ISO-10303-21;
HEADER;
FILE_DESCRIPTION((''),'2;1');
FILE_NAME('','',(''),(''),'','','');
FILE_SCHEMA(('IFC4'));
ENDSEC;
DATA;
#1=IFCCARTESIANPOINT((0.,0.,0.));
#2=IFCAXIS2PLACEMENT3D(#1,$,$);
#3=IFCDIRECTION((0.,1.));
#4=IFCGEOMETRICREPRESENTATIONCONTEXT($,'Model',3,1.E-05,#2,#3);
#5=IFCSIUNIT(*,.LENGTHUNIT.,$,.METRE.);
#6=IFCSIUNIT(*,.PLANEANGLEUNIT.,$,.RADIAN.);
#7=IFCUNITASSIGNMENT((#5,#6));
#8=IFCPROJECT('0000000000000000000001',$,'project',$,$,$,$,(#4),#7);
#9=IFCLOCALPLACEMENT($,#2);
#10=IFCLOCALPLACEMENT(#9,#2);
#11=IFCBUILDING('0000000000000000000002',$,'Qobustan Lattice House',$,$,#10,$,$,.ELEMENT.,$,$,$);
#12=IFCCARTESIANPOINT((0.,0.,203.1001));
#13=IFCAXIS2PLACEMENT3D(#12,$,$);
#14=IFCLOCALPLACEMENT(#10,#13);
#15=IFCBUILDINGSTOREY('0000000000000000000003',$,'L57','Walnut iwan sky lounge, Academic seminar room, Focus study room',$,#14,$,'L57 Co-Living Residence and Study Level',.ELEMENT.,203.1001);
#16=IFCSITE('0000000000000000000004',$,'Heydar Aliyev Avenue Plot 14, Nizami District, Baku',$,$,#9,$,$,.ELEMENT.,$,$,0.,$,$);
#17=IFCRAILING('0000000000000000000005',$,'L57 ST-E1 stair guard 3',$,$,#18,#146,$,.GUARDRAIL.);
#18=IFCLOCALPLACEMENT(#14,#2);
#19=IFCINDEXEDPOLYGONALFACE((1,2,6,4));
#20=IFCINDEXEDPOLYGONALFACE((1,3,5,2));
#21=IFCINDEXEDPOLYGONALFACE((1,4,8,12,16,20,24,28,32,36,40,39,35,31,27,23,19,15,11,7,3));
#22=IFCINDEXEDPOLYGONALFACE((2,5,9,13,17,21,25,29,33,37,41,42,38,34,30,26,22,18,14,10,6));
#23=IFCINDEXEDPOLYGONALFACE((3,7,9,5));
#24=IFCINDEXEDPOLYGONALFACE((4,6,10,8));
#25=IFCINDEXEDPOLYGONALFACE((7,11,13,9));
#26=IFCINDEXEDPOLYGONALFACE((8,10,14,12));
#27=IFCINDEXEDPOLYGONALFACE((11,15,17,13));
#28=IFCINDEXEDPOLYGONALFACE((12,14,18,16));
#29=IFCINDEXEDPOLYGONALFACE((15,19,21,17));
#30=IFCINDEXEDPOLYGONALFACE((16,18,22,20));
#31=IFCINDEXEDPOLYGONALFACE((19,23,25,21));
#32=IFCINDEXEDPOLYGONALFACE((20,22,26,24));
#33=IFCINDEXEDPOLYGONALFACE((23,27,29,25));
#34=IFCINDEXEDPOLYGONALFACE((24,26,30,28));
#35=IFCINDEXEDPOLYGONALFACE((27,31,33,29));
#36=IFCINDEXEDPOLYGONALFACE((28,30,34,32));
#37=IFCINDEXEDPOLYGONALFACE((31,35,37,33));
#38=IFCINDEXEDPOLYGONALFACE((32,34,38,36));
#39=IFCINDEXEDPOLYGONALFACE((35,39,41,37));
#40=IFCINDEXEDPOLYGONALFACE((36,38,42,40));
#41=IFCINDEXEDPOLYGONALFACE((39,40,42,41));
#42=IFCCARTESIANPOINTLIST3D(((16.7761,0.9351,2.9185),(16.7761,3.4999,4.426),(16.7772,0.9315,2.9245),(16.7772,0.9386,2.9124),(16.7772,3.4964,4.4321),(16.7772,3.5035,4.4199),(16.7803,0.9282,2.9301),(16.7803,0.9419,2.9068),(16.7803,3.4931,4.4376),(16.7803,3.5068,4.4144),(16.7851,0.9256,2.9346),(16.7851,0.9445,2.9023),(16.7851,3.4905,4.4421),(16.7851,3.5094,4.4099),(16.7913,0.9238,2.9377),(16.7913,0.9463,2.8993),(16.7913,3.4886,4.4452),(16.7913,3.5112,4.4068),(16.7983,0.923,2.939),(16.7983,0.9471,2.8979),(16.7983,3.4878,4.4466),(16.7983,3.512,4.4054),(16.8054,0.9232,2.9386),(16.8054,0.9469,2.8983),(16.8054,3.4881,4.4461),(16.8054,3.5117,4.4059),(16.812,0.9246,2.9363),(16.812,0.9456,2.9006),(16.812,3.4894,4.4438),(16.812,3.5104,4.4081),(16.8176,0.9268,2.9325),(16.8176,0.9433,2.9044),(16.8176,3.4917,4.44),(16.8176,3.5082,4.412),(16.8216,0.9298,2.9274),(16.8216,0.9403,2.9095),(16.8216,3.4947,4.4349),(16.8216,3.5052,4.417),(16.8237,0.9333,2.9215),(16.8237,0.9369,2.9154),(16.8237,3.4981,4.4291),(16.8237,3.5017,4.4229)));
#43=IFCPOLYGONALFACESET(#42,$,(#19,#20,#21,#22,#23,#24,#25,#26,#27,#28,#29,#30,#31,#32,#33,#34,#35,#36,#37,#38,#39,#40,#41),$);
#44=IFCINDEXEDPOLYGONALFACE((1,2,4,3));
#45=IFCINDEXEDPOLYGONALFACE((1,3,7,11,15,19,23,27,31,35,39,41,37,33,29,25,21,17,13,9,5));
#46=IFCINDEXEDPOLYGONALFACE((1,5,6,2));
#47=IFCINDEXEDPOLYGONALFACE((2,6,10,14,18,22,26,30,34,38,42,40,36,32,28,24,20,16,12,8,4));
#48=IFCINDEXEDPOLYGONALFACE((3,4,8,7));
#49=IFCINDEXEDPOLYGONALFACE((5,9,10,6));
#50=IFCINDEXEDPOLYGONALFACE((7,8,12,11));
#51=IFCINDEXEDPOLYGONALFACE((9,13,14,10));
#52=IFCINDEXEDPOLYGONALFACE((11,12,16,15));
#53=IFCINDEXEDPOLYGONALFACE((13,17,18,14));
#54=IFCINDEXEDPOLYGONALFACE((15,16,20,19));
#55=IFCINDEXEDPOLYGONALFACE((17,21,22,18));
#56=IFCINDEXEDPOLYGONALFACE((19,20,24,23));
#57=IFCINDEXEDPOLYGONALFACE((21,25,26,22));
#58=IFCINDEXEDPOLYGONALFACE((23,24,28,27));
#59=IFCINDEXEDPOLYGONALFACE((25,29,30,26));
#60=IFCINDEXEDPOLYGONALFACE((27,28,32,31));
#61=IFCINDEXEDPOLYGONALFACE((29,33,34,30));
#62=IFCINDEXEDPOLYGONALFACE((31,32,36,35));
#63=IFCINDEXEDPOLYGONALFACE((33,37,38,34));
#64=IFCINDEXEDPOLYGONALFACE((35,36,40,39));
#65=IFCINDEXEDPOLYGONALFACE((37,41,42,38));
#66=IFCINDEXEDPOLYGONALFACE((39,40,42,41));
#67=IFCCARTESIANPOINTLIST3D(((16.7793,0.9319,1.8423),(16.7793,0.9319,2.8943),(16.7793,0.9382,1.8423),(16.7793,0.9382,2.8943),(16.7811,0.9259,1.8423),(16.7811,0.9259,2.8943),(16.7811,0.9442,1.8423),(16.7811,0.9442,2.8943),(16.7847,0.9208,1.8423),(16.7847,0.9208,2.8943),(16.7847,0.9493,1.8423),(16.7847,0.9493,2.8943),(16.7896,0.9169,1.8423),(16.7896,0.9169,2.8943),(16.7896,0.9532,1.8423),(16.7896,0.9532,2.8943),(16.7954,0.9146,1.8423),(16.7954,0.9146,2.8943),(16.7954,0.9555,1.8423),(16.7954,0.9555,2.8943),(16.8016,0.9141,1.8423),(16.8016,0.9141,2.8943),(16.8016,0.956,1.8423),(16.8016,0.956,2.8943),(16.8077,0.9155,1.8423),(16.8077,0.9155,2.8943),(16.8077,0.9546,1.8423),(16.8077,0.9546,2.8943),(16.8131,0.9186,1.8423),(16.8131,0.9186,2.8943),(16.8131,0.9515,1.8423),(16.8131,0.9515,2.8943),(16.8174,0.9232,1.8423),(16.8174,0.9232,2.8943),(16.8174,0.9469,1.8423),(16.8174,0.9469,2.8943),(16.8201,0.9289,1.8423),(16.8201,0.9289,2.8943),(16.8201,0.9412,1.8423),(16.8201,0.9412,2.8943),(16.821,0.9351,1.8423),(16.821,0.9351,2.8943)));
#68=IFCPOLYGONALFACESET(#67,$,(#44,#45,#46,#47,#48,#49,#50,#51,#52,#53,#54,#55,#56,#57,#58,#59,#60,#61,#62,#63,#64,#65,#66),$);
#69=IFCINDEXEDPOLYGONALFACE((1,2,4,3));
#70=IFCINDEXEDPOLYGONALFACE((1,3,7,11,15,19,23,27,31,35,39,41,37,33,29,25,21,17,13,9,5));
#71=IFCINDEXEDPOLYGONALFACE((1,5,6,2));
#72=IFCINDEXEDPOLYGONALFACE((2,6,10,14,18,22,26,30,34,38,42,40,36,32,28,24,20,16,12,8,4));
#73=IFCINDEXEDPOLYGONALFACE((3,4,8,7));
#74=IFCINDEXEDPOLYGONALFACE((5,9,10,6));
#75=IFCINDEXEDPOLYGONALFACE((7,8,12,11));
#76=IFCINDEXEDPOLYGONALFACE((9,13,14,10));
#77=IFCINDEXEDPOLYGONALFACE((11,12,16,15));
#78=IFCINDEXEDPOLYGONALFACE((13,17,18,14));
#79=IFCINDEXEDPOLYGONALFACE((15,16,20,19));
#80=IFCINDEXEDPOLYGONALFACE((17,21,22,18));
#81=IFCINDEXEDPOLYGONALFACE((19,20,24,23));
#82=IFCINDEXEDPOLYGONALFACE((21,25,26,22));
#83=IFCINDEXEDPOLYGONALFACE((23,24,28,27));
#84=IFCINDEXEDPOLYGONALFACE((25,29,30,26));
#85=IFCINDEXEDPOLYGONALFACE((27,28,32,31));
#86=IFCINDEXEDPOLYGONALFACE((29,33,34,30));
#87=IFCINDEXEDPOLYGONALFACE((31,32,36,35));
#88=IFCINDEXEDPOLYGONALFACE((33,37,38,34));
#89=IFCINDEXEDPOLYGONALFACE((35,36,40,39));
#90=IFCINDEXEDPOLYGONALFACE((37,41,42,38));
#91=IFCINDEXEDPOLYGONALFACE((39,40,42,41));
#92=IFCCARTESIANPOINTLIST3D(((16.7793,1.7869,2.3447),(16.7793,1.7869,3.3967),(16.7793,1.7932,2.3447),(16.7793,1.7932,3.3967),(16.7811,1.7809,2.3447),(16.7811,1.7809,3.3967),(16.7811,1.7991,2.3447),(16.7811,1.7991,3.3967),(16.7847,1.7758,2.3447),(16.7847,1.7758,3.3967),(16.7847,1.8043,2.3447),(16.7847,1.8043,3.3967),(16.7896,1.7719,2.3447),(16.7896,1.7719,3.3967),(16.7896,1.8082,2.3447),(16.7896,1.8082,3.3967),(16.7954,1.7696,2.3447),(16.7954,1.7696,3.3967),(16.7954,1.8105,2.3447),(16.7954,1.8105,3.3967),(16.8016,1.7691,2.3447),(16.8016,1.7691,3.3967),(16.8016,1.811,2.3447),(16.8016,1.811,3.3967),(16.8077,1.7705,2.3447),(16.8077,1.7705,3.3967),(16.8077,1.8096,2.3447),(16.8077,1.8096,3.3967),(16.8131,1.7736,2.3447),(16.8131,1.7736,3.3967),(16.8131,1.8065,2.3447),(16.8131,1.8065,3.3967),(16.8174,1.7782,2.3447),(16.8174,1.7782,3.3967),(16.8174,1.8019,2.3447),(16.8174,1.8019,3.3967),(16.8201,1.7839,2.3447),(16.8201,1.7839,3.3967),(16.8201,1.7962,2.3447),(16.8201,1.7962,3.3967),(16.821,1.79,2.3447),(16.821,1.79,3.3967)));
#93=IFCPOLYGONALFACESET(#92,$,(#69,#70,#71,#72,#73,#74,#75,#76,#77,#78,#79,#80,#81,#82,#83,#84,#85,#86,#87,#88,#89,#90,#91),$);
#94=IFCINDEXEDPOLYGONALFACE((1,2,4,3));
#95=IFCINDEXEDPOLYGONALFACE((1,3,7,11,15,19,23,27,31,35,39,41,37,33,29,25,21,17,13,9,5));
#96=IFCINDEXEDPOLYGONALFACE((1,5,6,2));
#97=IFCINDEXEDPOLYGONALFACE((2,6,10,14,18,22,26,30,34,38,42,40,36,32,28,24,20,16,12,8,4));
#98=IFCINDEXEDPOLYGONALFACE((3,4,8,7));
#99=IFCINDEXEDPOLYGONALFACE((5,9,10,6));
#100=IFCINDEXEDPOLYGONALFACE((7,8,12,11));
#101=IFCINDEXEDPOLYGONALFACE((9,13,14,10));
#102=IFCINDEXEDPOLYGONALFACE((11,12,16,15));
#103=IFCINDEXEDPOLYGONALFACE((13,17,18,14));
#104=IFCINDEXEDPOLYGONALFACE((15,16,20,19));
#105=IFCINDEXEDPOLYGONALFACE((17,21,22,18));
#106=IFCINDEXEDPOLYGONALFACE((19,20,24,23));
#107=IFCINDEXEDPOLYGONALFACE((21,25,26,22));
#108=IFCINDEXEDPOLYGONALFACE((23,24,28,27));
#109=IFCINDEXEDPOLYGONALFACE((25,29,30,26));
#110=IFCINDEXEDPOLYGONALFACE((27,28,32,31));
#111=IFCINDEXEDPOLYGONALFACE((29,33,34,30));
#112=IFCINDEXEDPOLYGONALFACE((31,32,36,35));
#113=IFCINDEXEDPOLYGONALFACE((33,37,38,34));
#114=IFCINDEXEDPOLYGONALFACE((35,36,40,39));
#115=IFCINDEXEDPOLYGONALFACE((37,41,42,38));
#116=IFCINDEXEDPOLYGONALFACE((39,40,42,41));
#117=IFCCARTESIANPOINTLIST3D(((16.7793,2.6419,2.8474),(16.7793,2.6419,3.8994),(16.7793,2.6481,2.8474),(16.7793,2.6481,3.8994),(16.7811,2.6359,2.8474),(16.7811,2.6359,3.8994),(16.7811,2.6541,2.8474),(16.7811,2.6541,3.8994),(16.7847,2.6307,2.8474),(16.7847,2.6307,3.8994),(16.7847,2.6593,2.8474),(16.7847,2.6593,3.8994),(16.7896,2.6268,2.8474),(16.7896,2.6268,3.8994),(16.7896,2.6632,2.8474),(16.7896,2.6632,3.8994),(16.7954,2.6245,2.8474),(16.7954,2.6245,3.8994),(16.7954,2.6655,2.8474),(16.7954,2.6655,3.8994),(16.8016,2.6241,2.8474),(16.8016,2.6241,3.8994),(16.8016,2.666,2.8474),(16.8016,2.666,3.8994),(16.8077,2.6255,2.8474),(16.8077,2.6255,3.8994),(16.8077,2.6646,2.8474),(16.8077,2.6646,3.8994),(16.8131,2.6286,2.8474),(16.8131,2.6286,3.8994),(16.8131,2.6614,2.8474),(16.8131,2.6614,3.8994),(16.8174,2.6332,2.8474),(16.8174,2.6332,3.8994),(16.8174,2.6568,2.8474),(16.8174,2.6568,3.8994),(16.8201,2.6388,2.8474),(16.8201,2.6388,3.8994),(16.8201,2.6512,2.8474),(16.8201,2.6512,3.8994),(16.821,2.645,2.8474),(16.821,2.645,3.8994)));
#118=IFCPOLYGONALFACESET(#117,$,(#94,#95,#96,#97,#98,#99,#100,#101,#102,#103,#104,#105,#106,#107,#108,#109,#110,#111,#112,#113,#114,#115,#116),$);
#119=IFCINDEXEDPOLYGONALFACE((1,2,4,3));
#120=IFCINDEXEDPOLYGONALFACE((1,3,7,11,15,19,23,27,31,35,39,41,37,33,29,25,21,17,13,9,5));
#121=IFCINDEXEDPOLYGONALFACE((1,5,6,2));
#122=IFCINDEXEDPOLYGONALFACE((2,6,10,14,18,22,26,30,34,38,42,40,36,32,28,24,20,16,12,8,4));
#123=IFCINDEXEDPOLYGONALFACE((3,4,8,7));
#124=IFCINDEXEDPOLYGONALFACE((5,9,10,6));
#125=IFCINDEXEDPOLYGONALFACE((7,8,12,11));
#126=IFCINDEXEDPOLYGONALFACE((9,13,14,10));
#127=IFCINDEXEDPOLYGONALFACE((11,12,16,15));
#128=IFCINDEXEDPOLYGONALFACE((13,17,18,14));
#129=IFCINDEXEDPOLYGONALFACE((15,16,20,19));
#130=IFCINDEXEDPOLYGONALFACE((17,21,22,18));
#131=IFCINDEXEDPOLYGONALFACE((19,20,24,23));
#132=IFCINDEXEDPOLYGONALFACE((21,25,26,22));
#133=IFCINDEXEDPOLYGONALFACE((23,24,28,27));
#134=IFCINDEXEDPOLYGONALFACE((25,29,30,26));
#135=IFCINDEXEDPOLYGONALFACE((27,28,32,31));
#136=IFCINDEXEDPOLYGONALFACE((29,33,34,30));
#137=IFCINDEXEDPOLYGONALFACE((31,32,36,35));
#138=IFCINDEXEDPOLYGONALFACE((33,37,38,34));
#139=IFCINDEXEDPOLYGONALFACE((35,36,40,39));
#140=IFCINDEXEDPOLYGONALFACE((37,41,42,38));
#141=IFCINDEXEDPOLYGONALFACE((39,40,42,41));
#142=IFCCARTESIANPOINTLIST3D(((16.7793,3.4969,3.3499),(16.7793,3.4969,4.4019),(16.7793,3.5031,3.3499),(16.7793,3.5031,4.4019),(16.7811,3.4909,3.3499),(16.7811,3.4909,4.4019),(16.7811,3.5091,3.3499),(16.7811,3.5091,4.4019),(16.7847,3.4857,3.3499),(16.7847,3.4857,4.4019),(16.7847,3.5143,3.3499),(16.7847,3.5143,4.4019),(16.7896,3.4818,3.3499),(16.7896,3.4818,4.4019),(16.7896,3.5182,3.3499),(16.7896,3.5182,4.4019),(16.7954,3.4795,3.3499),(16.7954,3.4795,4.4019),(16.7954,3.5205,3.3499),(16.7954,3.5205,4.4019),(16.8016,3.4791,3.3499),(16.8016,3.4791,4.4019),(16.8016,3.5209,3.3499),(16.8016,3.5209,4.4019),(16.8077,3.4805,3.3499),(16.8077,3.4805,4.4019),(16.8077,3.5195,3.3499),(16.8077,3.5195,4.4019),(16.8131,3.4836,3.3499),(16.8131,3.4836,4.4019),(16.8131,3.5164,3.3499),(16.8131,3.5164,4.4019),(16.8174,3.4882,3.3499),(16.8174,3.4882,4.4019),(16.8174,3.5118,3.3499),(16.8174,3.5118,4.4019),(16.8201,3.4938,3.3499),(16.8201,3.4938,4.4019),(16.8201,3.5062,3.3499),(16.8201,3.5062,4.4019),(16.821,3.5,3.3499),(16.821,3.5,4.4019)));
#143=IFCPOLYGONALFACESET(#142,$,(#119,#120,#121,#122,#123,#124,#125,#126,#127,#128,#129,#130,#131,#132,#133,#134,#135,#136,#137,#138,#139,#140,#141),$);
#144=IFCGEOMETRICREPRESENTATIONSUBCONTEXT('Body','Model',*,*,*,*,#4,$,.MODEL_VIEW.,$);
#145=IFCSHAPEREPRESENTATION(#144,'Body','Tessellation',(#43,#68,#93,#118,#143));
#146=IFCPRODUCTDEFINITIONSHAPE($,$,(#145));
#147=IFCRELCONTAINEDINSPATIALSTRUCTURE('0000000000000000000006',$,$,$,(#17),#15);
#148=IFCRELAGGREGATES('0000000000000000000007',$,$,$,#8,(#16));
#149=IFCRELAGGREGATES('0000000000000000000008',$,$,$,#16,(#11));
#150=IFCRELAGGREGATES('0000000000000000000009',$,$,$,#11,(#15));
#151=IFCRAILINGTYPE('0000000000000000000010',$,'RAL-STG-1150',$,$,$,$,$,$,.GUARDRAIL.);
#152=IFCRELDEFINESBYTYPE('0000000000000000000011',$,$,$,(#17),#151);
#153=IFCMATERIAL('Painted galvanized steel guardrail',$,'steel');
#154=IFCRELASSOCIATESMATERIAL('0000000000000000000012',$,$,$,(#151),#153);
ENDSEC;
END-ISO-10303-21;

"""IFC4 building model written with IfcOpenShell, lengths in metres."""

from ifc_helpers import new_model, si_unit, direction, frame, origin, origin_2d, place, context, subcontext, project, spatial, circle, extrude, material, type_object, element, save


model = new_model("IFC4")

# Units and contexts
model_context = context("Model", 3, precision=1e-05, world=origin(), true_north=direction((0.0, 1.0)))
body_context = subcontext(model_context, "Body", "Model", "MODEL_VIEW")
ifc_project = project(units=[si_unit("LENGTHUNIT", "METRE"), si_unit("PLANEANGLEUNIT", "RADIAN")], contexts=[model_context])

# Site, building, storey
site_placement = place(None, origin())
site = spatial("IfcSite", under=ifc_project, at=site_placement, Name="Heydar Aliyev Avenue Plot 14, Nizami District, Baku", CompositionType="ELEMENT", RefElevation=0.0)
building_placement = place(site_placement, origin())
building = spatial("IfcBuilding", under=site, at=building_placement, Name="Qobustan Lattice House", CompositionType="ELEMENT")
storey_placement = place(building_placement, frame((0.0, 0.0, 203.1001)))
storey = spatial("IfcBuildingStorey", under=building, at=storey_placement, Name="L57", Description="Walnut iwan sky lounge, Academic seminar room, Focus study room", LongName="L57 Co-Living Residence and Study Level", CompositionType="ELEMENT", Elevation=203.1001)

# Railing
ifc_material_1 = material(Name="Painted galvanized steel guardrail", Category="steel")
railing_type_1 = type_object("IfcRailingType", Name="RAL-STG-1150", PredefinedType="GUARDRAIL", material=ifc_material_1)
railing_1_placement = place(storey_placement, frame((16.8, 0.9351, 1.8423)))
element("IfcRailing", 1, at=railing_1_placement, inside=storey, type_object=railing_type_1, Name="L57 ST-E1 stair guard 3", PredefinedType="GUARDRAIL", context=body_context, shape_type="SweptSolid", body=[
    extrude(circle(Radius=0.0239, at=origin_2d()), frame((0.0, 0.0, 1.0762), z_axis=(0.0, 0.862113, 0.506715), x_axis=(-1.0, 0.0, 0.0)), (0.0, 0.0, 1.0), 2.9751),
    extrude(circle(Radius=0.021, at=origin_2d()), origin(), (0.0, 0.0, 1.0), 1.052),
    extrude(circle(Radius=0.021, at=origin_2d()), frame((0.0, 0.855, 0.5024)), (0.0, 0.0, 1.0), 1.052),
    extrude(circle(Radius=0.021, at=origin_2d()), frame((0.0, 1.71, 1.0051)), (0.0, 0.0, 1.0), 1.052),
    extrude(circle(Radius=0.021, at=origin_2d()), frame((0.0, 2.5649, 1.5076)), (0.0, 0.0, 1.0), 1.052),
])

save(model, "model.ifc")
